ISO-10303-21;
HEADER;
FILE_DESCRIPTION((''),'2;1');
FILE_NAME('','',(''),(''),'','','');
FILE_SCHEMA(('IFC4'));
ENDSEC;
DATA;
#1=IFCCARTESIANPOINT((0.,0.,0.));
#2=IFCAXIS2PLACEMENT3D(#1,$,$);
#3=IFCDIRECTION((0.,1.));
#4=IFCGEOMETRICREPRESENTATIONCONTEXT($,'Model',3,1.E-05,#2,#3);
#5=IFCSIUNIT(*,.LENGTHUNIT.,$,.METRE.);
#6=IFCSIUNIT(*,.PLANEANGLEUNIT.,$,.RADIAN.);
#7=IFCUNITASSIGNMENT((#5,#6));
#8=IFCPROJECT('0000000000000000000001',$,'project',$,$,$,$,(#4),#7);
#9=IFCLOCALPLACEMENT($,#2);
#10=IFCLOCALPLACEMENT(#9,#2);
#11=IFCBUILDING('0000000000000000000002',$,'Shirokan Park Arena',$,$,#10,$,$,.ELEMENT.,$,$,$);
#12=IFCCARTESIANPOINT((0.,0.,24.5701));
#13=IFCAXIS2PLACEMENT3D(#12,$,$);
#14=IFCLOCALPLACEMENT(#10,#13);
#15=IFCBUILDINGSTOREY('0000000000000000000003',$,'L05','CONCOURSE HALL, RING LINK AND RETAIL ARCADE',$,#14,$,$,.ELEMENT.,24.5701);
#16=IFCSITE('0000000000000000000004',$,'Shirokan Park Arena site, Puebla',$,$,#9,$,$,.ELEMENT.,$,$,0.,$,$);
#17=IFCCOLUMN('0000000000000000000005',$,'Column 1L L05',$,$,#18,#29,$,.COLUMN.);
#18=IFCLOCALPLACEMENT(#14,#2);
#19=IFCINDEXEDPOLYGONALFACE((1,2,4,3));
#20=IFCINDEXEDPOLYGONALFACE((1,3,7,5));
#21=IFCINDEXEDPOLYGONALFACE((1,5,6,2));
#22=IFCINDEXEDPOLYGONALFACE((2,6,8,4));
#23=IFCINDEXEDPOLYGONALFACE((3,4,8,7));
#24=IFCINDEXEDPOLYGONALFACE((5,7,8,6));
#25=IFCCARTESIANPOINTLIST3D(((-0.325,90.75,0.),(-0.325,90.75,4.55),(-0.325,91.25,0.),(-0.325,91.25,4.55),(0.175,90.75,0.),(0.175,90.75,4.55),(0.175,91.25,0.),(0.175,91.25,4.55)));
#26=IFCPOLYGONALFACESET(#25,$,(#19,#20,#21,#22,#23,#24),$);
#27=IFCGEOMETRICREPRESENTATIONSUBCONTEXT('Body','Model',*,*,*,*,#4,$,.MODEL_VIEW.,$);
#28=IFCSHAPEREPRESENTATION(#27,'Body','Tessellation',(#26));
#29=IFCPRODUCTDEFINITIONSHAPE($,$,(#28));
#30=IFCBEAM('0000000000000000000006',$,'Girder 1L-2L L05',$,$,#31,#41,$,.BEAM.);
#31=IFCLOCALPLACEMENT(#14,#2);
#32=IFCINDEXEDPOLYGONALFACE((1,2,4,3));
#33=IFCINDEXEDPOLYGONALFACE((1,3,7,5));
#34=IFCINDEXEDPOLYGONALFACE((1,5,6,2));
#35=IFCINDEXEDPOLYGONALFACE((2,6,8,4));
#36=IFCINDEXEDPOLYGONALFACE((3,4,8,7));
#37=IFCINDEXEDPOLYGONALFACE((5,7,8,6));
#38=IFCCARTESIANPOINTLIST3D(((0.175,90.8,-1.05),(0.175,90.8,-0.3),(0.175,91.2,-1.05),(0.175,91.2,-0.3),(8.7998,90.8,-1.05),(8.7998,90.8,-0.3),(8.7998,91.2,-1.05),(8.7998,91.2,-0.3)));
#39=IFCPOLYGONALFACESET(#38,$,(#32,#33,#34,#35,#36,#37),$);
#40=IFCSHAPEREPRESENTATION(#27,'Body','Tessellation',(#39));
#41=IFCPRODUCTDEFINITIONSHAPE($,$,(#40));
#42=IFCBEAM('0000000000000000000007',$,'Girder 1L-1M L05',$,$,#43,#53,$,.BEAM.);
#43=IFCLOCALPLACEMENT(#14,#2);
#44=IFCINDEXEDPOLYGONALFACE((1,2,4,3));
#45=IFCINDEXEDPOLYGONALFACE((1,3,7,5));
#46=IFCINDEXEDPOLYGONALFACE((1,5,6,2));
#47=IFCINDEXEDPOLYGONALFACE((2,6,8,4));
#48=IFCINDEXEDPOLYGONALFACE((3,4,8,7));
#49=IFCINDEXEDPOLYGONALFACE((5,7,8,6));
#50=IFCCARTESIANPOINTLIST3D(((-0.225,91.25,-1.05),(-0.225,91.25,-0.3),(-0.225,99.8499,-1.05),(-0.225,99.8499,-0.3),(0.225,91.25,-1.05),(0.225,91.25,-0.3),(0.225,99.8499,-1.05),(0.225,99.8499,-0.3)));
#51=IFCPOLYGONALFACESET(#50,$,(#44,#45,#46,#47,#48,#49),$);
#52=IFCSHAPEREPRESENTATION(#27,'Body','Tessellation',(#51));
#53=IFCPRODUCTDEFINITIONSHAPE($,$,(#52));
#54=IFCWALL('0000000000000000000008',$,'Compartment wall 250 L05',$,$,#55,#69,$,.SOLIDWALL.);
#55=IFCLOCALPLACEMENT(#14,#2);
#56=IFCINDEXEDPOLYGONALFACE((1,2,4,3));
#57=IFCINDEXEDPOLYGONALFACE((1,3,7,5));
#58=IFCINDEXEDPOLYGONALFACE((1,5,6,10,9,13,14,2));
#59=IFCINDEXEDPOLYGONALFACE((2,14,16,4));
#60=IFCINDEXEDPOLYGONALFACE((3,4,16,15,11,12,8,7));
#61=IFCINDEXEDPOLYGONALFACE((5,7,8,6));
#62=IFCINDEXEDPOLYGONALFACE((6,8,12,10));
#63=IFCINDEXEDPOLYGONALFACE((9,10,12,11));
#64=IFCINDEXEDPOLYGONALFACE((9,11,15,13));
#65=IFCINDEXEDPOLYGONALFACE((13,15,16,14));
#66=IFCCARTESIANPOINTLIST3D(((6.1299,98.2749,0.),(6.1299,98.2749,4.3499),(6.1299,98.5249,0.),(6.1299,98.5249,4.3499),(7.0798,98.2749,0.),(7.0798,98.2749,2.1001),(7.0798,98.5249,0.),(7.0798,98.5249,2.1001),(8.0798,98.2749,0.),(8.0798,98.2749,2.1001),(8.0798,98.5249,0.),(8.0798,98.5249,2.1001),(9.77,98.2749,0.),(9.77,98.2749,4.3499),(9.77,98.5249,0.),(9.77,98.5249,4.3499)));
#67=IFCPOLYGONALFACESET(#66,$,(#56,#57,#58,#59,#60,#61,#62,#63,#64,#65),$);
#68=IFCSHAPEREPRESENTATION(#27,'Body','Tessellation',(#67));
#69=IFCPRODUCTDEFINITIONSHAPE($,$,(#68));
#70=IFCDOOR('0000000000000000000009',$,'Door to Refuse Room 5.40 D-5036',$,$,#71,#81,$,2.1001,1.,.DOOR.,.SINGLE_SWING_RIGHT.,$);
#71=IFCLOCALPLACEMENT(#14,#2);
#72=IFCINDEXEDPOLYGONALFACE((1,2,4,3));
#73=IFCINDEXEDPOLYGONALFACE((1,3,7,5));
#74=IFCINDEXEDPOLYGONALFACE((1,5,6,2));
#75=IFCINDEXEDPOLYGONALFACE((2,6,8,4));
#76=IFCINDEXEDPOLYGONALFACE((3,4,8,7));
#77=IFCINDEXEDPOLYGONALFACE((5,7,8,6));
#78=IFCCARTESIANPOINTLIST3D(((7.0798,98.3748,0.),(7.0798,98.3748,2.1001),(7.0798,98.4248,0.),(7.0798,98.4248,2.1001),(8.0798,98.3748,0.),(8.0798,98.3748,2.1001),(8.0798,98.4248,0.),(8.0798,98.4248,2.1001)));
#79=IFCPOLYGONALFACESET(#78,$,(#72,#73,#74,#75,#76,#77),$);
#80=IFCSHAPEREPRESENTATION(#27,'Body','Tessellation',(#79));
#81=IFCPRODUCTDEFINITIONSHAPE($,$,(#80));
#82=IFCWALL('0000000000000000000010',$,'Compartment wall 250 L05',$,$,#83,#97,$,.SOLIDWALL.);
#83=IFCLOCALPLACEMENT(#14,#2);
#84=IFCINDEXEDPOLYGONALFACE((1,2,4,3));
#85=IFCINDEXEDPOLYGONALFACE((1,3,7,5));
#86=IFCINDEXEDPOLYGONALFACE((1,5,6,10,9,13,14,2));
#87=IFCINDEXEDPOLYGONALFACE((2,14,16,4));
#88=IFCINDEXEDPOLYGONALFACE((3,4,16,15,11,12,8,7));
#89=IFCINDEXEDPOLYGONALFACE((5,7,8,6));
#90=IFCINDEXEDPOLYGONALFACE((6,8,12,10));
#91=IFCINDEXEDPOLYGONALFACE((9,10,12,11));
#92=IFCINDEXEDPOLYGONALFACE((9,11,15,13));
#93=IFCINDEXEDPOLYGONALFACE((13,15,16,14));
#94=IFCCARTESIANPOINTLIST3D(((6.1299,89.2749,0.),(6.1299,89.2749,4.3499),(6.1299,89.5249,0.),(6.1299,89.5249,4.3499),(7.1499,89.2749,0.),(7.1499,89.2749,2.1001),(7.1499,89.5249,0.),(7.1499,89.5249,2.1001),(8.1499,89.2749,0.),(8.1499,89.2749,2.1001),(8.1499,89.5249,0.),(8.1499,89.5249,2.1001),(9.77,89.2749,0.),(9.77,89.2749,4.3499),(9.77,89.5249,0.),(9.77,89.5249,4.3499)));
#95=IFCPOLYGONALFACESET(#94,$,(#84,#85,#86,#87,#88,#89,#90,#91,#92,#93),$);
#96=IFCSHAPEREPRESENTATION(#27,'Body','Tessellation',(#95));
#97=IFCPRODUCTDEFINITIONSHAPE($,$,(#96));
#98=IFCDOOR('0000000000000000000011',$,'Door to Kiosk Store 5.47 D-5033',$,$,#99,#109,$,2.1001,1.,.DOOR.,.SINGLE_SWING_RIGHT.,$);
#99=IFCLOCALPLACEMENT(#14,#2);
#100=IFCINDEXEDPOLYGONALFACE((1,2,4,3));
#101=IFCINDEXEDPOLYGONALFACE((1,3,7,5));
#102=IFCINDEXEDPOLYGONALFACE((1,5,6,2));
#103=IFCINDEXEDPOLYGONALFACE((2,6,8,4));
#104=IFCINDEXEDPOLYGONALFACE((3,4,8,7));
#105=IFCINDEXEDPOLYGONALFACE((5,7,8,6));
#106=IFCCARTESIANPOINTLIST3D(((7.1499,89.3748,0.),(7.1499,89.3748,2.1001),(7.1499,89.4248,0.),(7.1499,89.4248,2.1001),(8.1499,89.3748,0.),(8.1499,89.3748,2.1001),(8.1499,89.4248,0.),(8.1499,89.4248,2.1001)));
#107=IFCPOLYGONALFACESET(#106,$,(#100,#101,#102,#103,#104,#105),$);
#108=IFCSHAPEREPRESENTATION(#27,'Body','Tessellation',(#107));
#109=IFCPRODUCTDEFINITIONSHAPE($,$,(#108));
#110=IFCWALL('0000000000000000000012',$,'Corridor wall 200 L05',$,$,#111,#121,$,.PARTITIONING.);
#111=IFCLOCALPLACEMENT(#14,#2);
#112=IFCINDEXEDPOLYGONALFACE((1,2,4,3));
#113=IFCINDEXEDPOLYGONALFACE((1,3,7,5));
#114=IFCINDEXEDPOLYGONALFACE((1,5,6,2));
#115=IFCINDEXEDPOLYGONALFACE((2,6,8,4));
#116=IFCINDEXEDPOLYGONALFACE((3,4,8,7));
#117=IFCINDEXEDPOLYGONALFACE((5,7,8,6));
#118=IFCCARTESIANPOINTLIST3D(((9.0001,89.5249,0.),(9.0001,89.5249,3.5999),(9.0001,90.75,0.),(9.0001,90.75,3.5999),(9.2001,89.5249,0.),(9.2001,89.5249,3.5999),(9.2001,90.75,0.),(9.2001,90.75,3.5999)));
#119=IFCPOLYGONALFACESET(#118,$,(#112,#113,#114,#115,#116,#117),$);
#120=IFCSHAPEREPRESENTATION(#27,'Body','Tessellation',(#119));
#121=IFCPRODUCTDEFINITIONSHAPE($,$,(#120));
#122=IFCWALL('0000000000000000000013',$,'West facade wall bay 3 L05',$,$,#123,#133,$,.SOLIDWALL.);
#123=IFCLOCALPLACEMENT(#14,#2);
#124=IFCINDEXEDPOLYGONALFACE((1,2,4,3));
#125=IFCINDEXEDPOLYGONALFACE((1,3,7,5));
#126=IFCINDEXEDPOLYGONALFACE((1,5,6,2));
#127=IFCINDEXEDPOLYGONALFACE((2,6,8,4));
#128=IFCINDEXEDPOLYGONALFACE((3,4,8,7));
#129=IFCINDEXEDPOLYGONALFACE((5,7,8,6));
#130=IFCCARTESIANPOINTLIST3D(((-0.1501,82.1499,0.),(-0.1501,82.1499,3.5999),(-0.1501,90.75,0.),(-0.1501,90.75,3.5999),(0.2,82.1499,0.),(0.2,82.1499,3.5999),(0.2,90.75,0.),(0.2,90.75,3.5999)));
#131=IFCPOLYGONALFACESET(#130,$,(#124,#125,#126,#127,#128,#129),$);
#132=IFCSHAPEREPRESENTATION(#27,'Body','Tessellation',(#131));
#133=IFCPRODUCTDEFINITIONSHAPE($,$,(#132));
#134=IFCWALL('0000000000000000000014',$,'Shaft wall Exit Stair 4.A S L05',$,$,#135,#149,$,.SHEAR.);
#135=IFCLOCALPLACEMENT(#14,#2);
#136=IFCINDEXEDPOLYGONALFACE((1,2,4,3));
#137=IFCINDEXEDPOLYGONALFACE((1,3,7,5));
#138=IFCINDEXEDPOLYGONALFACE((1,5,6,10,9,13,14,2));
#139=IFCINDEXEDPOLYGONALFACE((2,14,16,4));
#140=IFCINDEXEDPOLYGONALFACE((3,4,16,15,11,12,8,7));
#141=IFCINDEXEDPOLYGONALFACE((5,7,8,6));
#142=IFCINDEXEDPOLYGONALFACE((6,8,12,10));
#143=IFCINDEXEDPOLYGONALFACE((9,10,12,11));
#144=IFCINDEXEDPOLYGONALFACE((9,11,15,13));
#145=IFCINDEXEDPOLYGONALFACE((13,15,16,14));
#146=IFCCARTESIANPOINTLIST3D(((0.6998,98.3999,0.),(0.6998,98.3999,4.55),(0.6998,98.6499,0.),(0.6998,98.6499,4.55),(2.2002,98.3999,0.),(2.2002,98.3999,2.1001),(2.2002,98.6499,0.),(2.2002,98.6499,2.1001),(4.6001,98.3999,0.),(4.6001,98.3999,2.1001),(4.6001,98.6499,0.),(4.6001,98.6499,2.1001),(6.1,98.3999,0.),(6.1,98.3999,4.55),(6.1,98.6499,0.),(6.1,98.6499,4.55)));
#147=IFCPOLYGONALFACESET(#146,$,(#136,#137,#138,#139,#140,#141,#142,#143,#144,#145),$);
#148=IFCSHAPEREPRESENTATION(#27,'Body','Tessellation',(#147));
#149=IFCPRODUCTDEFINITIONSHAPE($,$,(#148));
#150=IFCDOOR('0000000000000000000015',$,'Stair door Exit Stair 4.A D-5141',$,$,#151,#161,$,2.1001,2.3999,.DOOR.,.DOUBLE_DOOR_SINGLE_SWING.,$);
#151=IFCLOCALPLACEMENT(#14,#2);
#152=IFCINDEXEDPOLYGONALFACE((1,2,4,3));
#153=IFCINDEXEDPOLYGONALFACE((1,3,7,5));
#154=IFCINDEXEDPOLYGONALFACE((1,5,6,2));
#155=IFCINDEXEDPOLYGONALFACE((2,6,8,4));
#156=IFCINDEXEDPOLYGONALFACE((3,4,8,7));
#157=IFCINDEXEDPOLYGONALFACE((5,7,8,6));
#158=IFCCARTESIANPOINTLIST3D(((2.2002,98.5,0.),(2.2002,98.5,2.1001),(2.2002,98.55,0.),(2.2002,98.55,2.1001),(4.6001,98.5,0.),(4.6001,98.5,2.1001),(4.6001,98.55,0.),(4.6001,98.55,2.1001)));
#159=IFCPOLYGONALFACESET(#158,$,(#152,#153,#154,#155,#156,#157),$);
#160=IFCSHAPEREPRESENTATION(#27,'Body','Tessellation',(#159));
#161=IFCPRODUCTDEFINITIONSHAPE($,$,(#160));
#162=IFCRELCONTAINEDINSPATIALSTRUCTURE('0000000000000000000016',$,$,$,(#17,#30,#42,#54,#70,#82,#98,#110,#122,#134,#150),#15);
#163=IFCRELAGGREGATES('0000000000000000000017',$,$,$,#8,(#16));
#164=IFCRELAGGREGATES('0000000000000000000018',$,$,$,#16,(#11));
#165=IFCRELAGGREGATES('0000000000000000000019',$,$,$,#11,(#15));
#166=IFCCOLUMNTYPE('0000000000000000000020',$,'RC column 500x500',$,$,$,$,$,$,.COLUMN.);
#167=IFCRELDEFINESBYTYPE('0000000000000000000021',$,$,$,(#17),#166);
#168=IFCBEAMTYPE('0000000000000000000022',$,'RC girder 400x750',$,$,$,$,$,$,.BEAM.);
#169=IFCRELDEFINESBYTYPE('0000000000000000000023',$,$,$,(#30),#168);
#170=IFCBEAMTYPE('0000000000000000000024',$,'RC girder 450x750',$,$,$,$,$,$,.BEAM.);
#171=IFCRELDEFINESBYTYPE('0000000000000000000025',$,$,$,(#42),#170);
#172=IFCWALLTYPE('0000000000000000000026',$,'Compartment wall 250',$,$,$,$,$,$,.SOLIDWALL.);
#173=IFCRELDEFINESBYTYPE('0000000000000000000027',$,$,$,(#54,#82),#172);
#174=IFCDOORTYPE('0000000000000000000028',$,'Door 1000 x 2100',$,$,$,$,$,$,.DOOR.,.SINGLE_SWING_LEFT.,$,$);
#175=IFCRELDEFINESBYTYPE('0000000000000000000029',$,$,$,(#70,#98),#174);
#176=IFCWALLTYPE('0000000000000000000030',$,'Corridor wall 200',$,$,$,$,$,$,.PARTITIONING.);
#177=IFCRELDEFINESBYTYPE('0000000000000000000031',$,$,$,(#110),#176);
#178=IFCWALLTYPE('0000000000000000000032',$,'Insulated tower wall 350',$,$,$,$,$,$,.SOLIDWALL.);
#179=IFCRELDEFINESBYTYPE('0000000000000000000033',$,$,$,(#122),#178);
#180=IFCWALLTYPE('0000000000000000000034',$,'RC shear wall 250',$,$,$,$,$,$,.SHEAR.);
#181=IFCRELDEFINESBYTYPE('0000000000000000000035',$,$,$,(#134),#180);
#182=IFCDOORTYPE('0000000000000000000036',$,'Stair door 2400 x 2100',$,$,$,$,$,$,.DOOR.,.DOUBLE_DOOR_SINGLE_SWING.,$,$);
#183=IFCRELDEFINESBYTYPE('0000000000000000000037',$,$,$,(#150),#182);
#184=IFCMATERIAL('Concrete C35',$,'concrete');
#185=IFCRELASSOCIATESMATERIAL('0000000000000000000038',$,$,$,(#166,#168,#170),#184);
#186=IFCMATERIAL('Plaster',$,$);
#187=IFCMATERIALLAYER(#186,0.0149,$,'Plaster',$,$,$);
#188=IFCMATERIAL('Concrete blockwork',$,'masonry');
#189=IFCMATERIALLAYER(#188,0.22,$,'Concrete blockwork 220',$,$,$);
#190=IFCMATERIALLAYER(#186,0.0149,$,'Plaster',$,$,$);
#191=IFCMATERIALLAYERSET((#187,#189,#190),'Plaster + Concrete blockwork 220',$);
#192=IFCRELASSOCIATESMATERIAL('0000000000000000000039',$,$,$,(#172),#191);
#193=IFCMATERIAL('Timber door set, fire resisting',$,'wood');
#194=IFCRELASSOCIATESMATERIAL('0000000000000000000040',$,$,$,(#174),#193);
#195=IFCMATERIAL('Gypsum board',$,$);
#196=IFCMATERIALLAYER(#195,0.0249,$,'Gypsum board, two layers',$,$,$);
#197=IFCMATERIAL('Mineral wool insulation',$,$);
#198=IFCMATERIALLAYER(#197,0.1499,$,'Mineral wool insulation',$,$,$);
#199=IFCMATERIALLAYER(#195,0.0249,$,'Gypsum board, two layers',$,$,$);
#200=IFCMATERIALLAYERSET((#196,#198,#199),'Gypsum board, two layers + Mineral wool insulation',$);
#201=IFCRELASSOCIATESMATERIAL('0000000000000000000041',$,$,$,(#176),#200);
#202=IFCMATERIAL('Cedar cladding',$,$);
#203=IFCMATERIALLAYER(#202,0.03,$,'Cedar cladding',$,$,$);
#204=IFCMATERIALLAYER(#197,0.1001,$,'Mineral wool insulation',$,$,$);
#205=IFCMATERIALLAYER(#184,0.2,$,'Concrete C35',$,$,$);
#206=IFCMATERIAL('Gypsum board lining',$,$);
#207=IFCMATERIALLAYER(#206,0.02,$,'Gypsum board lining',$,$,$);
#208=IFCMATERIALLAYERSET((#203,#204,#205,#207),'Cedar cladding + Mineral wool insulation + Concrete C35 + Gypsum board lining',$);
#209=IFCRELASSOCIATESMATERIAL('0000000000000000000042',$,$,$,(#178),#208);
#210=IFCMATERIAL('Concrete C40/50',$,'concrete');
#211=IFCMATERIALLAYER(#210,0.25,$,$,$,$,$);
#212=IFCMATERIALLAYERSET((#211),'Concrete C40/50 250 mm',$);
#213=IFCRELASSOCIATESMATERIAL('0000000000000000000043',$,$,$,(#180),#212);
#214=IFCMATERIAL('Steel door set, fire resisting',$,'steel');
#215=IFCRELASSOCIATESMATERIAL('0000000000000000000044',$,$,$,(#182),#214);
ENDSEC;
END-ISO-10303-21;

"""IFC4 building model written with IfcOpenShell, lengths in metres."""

from ifc_helpers import new_model, si_unit, direction, frame, frame_2d, origin, origin_2d, place, context, subcontext, project, spatial, rectangle, extrude, material, layer, layer_set, material_profile, profile_set, type_object, element, fill, save


model = new_model("IFC4")

# Units and contexts
model_context = context("Model", 3, precision=1e-05, world=origin(), true_north=direction((0.0, 1.0)))
body_context = subcontext(model_context, "Body", "Model", "MODEL_VIEW")
ifc_project = project(units=[si_unit("LENGTHUNIT", "METRE"), si_unit("PLANEANGLEUNIT", "RADIAN")], contexts=[model_context])

# Site, building, storey
site_placement = place(None, origin())
site = spatial("IfcSite", under=ifc_project, at=site_placement, Name="Shirokan Park Arena site, Puebla", CompositionType="ELEMENT", RefElevation=0.0)
building_placement = place(site_placement, origin())
building = spatial("IfcBuilding", under=site, at=building_placement, Name="Shirokan Park Arena", CompositionType="ELEMENT")
storey_placement = place(building_placement, frame((0.0, 0.0, 24.5701)))
storey = spatial("IfcBuildingStorey", under=building, at=storey_placement, Name="L05", Description="CONCOURSE HALL, RING LINK AND RETAIL ARCADE", CompositionType="ELEMENT", Elevation=24.5701)

# Column
ifc_material_1 = material(Name="Concrete C35", Category="concrete")
ifc_material_profile_1 = material_profile(ifc_material_1, rectangle(XDim=0.5, YDim=0.5, at=origin_2d()), Name="500x500")
ifc_profile_set_1 = profile_set([ifc_material_profile_1], Name="Concrete C35")
column_type = type_object("IfcColumnType", Name="RC column 500x500", PredefinedType="COLUMN", material=ifc_profile_set_1)
column_placement = place(storey_placement, frame((-0.075, 91.0, 0.0), z_axis=(0.0, 0.0, 1.0), x_axis=(1.0, 0.0, 0.0)))
element("IfcColumn", 1, at=column_placement, inside=storey, type_object=column_type, Name="Column 1L L05", PredefinedType="COLUMN", context=body_context, shape_type="SweptSolid", body=[
    extrude(rectangle(XDim=0.5, YDim=0.5, at=origin_2d()), origin(), (0.0, 0.0, 1.0), 4.55),
])

# Beams
ifc_material_profile_2 = material_profile(ifc_material_1, rectangle(XDim=0.3999, YDim=0.75, at=origin_2d()), Name="400x750")
ifc_profile_set_2 = profile_set([ifc_material_profile_2], Name="Concrete C35")
beam_type_1 = type_object("IfcBeamType", Name="RC girder 400x750", PredefinedType="BEAM", material=ifc_profile_set_2)
beam_1_placement = place(storey_placement, frame((0.175, 91.0, -0.675), z_axis=(1.0, 0.0, 0.0), x_axis=(0.0, 1.0, 0.0)))
element("IfcBeam", 2, at=beam_1_placement, inside=storey, type_object=beam_type_1, Name="Girder 1L-2L L05", PredefinedType="BEAM", context=body_context, shape_type="SweptSolid", body=[
    extrude(rectangle(XDim=0.3999, YDim=0.75, at=origin_2d()), origin(), (0.0, 0.0, 1.0), 8.6248),
])
ifc_material_profile_3 = material_profile(ifc_material_1, rectangle(XDim=0.45, YDim=0.75, at=origin_2d()), Name="450x750")
ifc_profile_set_3 = profile_set([ifc_material_profile_3], Name="Concrete C35")
beam_type_2 = type_object("IfcBeamType", Name="RC girder 450x750", PredefinedType="BEAM", material=ifc_profile_set_3)
beam_2_placement = place(storey_placement, frame((0.0, 91.25, -0.675), z_axis=(0.0, 1.0, 0.0), x_axis=(-1.0, 0.0, 0.0)))
element("IfcBeam", 3, at=beam_2_placement, inside=storey, type_object=beam_type_2, Name="Girder 1L-1M L05", PredefinedType="BEAM", context=body_context, shape_type="SweptSolid", body=[
    extrude(rectangle(XDim=0.45, YDim=0.75, at=origin_2d()), origin(), (0.0, 0.0, 1.0), 8.5999),
])

# Walls, openings, doors
ifc_material_2 = material(Name="Plaster")
ifc_layer_1 = layer(ifc_material_2, 0.0149, Name="Plaster")
ifc_material_3 = material(Name="Concrete blockwork", Category="masonry")
ifc_layer_2 = layer(ifc_material_3, 0.22, Name="Concrete blockwork 220")
ifc_layer_3 = layer(ifc_material_2, 0.0149, Name="Plaster")
ifc_layer_set_1 = layer_set([ifc_layer_1, ifc_layer_2, ifc_layer_3], Name="Plaster + Concrete blockwork 220")
wall_type_1 = type_object("IfcWallType", Name="Compartment wall 250", PredefinedType="SOLIDWALL", material=ifc_layer_set_1)
wall_1_placement = place(storey_placement, frame((6.1299, 98.3999, 0.0), z_axis=(0.0, 0.0, 1.0), x_axis=(1.0, 0.0, 0.0)))
wall_1 = element("IfcWall", 4, at=wall_1_placement, inside=storey, type_object=wall_type_1, Name="Compartment wall 250 L05", PredefinedType="SOLIDWALL", context=body_context, shape_type="SweptSolid", body=[
    extrude(rectangle(XDim=3.6401, YDim=0.25, at=frame_2d((1.8201, 0.0))), origin(), (0.0, 0.0, 1.0), 4.3499),
])
opening_1_placement = place(wall_1_placement, frame((0.95, 0.0, 0.0)))
opening_1 = element("IfcOpeningElement", 5, at=opening_1_placement, cuts=wall_1, PredefinedType="OPENING", context=body_context, shape_type="SweptSolid", body=[
    extrude(rectangle(XDim=1.0, YDim=2.1001, at=frame_2d((0.5, 1.05))), frame((0.0, 0.135, 0.0), z_axis=(0.0, -1.0, 0.0), x_axis=(1.0, 0.0, 0.0)), (0.0, 0.0, 1.0), 0.27),
])
ifc_material_4 = material(Name="Timber door set, fire resisting", Category="wood")
door_type_1 = type_object("IfcDoorType", Name="Door 1000 x 2100", OperationType="SINGLE_SWING_LEFT", PredefinedType="DOOR", material=ifc_material_4)
door_1_placement = place(opening_1_placement, origin())
door_1 = element("IfcDoor", 6, at=door_1_placement, inside=storey, type_object=door_type_1, Name="Door to Refuse Room 5.40 D-5036", OperationType="SINGLE_SWING_RIGHT", OverallHeight=2.1001, OverallWidth=1.0, PredefinedType="DOOR", context=body_context, shape_type="SweptSolid", body=[
    extrude(rectangle(XDim=1.0, YDim=2.1001, at=frame_2d((0.5, 1.05))), frame((0.0, 0.0249, 0.0), z_axis=(0.0, -1.0, 0.0), x_axis=(1.0, 0.0, 0.0)), (0.0, 0.0, 1.0), 0.05),
])
fill(opening_1, door_1)
wall_2_placement = place(storey_placement, frame((6.1299, 89.3999, 0.0), z_axis=(0.0, 0.0, 1.0), x_axis=(1.0, 0.0, 0.0)))
wall_2 = element("IfcWall", 7, at=wall_2_placement, inside=storey, type_object=wall_type_1, Name="Compartment wall 250 L05", PredefinedType="SOLIDWALL", context=body_context, shape_type="SweptSolid", body=[
    extrude(rectangle(XDim=3.6401, YDim=0.25, at=frame_2d((1.8201, 0.0))), origin(), (0.0, 0.0, 1.0), 4.3499),
])
opening_2_placement = place(wall_2_placement, frame((1.02, 0.0, 0.0)))
opening_2 = element("IfcOpeningElement", 8, at=opening_2_placement, cuts=wall_2, PredefinedType="OPENING", context=body_context, shape_type="SweptSolid", body=[
    extrude(rectangle(XDim=1.0, YDim=2.1001, at=frame_2d((0.5, 1.05))), frame((0.0, 0.135, 0.0), z_axis=(0.0, -1.0, 0.0), x_axis=(1.0, 0.0, 0.0)), (0.0, 0.0, 1.0), 0.27),
])
door_2_placement = place(opening_2_placement, origin())
door_2 = element("IfcDoor", 9, at=door_2_placement, inside=storey, type_object=door_type_1, Name="Door to Kiosk Store 5.47 D-5033", OperationType="SINGLE_SWING_RIGHT", OverallHeight=2.1001, OverallWidth=1.0, PredefinedType="DOOR", context=body_context, shape_type="SweptSolid", body=[
    extrude(rectangle(XDim=1.0, YDim=2.1001, at=frame_2d((0.5, 1.05))), frame((0.0, 0.0249, 0.0), z_axis=(0.0, -1.0, 0.0), x_axis=(1.0, 0.0, 0.0)), (0.0, 0.0, 1.0), 0.05),
])
fill(opening_2, door_2)

# Walls
ifc_material_5 = material(Name="Gypsum board")
ifc_layer_4 = layer(ifc_material_5, 0.0249, Name="Gypsum board, two layers")
ifc_material_6 = material(Name="Mineral wool insulation")
ifc_layer_5 = layer(ifc_material_6, 0.1499, Name="Mineral wool insulation")
ifc_layer_6 = layer(ifc_material_5, 0.0249, Name="Gypsum board, two layers")
ifc_layer_set_2 = layer_set([ifc_layer_4, ifc_layer_5, ifc_layer_6], Name="Gypsum board, two layers + Mineral wool insulation")
wall_type_2 = type_object("IfcWallType", Name="Corridor wall 200", PredefinedType="PARTITIONING", material=ifc_layer_set_2)
wall_3_placement = place(storey_placement, frame((9.1001, 90.75, 0.0), z_axis=(0.0, 0.0, 1.0), x_axis=(0.0, -1.0, 0.0)))
element("IfcWall", 10, at=wall_3_placement, inside=storey, type_object=wall_type_2, Name="Corridor wall 200 L05", PredefinedType="PARTITIONING", context=body_context, shape_type="SweptSolid", body=[
    extrude(rectangle(XDim=1.2251, YDim=0.2, at=frame_2d((0.6125, 0.0))), origin(), (0.0, 0.0, 1.0), 3.5999),
])
ifc_material_7 = material(Name="Cedar cladding")
ifc_layer_7 = layer(ifc_material_7, 0.03, Name="Cedar cladding")
ifc_layer_8 = layer(ifc_material_6, 0.1001, Name="Mineral wool insulation")
ifc_layer_9 = layer(ifc_material_1, 0.2, Name="Concrete C35")
ifc_material_8 = material(Name="Gypsum board lining")
ifc_layer_10 = layer(ifc_material_8, 0.02, Name="Gypsum board lining")
ifc_layer_set_3 = layer_set([ifc_layer_7, ifc_layer_8, ifc_layer_9, ifc_layer_10], Name="Cedar cladding + Mineral wool insulation + Concrete C35 + Gypsum board lining")
wall_type_3 = type_object("IfcWallType", Name="Insulated tower wall 350", PredefinedType="SOLIDWALL", material=ifc_layer_set_3)
wall_4_placement = place(storey_placement, frame((0.0249, 90.75, 0.0), z_axis=(0.0, 0.0, 1.0), x_axis=(0.0, -1.0, 0.0)))
element("IfcWall", 11, at=wall_4_placement, inside=storey, type_object=wall_type_3, Name="West facade wall bay 3 L05", PredefinedType="SOLIDWALL", context=body_context, shape_type="SweptSolid", body=[
    extrude(rectangle(XDim=8.6001, YDim=0.3501, at=frame_2d((4.3, 0.0))), origin(), (0.0, 0.0, 1.0), 3.5999),
])

# Wall, opening, door
ifc_material_9 = material(Name="Concrete C40/50", Category="concrete")
ifc_layer_11 = layer(ifc_material_9, 0.25)
ifc_layer_set_4 = layer_set([ifc_layer_11], Name="Concrete C40/50 250 mm")
wall_type_4 = type_object("IfcWallType", Name="RC shear wall 250", PredefinedType="SHEAR", material=ifc_layer_set_4)
wall_5_placement = place(storey_placement, frame((6.1001, 98.5249, 0.0), z_axis=(0.0, 0.0, 1.0), x_axis=(-1.0, 0.0, 0.0)))
wall_5 = element("IfcWall", 12, at=wall_5_placement, inside=storey, type_object=wall_type_4, Name="Shaft wall Exit Stair 4.A S L05", PredefinedType="SHEAR", context=body_context, shape_type="SweptSolid", body=[
    extrude(rectangle(XDim=5.4001, YDim=0.25, at=frame_2d((2.7002, 0.0))), origin(), (0.0, 0.0, 1.0), 4.55),
])
opening_3_placement = place(wall_5_placement, frame((1.5, 0.0, 0.0)))
opening_3 = element("IfcOpeningElement", 13, at=opening_3_placement, cuts=wall_5, PredefinedType="OPENING", context=body_context, shape_type="SweptSolid", body=[
    extrude(rectangle(XDim=2.3999, YDim=2.1001, at=frame_2d((1.2, 1.05))), frame((0.0, 0.135, 0.0), z_axis=(0.0, -1.0, 0.0), x_axis=(1.0, 0.0, 0.0)), (0.0, 0.0, 1.0), 0.27),
])
ifc_material_10 = material(Name="Steel door set, fire resisting", Category="steel")
door_type_2 = type_object("IfcDoorType", Name="Stair door 2400 x 2100", OperationType="DOUBLE_DOOR_SINGLE_SWING", PredefinedType="DOOR", material=ifc_material_10)
door_3_placement = place(opening_3_placement, origin())
door_3 = element("IfcDoor", 14, at=door_3_placement, inside=storey, type_object=door_type_2, Name="Stair door Exit Stair 4.A D-5141", OperationType="DOUBLE_DOOR_SINGLE_SWING", OverallHeight=2.1001, OverallWidth=2.3999, PredefinedType="DOOR", context=body_context, shape_type="SweptSolid", body=[
    extrude(rectangle(XDim=2.3999, YDim=2.1001, at=frame_2d((1.2, 1.05))), frame((0.0, 0.0249, 0.0), z_axis=(0.0, -1.0, 0.0), x_axis=(1.0, 0.0, 0.0)), (0.0, 0.0, 1.0), 0.05),
])
fill(opening_3, door_3)

save(model, "model.ifc")
